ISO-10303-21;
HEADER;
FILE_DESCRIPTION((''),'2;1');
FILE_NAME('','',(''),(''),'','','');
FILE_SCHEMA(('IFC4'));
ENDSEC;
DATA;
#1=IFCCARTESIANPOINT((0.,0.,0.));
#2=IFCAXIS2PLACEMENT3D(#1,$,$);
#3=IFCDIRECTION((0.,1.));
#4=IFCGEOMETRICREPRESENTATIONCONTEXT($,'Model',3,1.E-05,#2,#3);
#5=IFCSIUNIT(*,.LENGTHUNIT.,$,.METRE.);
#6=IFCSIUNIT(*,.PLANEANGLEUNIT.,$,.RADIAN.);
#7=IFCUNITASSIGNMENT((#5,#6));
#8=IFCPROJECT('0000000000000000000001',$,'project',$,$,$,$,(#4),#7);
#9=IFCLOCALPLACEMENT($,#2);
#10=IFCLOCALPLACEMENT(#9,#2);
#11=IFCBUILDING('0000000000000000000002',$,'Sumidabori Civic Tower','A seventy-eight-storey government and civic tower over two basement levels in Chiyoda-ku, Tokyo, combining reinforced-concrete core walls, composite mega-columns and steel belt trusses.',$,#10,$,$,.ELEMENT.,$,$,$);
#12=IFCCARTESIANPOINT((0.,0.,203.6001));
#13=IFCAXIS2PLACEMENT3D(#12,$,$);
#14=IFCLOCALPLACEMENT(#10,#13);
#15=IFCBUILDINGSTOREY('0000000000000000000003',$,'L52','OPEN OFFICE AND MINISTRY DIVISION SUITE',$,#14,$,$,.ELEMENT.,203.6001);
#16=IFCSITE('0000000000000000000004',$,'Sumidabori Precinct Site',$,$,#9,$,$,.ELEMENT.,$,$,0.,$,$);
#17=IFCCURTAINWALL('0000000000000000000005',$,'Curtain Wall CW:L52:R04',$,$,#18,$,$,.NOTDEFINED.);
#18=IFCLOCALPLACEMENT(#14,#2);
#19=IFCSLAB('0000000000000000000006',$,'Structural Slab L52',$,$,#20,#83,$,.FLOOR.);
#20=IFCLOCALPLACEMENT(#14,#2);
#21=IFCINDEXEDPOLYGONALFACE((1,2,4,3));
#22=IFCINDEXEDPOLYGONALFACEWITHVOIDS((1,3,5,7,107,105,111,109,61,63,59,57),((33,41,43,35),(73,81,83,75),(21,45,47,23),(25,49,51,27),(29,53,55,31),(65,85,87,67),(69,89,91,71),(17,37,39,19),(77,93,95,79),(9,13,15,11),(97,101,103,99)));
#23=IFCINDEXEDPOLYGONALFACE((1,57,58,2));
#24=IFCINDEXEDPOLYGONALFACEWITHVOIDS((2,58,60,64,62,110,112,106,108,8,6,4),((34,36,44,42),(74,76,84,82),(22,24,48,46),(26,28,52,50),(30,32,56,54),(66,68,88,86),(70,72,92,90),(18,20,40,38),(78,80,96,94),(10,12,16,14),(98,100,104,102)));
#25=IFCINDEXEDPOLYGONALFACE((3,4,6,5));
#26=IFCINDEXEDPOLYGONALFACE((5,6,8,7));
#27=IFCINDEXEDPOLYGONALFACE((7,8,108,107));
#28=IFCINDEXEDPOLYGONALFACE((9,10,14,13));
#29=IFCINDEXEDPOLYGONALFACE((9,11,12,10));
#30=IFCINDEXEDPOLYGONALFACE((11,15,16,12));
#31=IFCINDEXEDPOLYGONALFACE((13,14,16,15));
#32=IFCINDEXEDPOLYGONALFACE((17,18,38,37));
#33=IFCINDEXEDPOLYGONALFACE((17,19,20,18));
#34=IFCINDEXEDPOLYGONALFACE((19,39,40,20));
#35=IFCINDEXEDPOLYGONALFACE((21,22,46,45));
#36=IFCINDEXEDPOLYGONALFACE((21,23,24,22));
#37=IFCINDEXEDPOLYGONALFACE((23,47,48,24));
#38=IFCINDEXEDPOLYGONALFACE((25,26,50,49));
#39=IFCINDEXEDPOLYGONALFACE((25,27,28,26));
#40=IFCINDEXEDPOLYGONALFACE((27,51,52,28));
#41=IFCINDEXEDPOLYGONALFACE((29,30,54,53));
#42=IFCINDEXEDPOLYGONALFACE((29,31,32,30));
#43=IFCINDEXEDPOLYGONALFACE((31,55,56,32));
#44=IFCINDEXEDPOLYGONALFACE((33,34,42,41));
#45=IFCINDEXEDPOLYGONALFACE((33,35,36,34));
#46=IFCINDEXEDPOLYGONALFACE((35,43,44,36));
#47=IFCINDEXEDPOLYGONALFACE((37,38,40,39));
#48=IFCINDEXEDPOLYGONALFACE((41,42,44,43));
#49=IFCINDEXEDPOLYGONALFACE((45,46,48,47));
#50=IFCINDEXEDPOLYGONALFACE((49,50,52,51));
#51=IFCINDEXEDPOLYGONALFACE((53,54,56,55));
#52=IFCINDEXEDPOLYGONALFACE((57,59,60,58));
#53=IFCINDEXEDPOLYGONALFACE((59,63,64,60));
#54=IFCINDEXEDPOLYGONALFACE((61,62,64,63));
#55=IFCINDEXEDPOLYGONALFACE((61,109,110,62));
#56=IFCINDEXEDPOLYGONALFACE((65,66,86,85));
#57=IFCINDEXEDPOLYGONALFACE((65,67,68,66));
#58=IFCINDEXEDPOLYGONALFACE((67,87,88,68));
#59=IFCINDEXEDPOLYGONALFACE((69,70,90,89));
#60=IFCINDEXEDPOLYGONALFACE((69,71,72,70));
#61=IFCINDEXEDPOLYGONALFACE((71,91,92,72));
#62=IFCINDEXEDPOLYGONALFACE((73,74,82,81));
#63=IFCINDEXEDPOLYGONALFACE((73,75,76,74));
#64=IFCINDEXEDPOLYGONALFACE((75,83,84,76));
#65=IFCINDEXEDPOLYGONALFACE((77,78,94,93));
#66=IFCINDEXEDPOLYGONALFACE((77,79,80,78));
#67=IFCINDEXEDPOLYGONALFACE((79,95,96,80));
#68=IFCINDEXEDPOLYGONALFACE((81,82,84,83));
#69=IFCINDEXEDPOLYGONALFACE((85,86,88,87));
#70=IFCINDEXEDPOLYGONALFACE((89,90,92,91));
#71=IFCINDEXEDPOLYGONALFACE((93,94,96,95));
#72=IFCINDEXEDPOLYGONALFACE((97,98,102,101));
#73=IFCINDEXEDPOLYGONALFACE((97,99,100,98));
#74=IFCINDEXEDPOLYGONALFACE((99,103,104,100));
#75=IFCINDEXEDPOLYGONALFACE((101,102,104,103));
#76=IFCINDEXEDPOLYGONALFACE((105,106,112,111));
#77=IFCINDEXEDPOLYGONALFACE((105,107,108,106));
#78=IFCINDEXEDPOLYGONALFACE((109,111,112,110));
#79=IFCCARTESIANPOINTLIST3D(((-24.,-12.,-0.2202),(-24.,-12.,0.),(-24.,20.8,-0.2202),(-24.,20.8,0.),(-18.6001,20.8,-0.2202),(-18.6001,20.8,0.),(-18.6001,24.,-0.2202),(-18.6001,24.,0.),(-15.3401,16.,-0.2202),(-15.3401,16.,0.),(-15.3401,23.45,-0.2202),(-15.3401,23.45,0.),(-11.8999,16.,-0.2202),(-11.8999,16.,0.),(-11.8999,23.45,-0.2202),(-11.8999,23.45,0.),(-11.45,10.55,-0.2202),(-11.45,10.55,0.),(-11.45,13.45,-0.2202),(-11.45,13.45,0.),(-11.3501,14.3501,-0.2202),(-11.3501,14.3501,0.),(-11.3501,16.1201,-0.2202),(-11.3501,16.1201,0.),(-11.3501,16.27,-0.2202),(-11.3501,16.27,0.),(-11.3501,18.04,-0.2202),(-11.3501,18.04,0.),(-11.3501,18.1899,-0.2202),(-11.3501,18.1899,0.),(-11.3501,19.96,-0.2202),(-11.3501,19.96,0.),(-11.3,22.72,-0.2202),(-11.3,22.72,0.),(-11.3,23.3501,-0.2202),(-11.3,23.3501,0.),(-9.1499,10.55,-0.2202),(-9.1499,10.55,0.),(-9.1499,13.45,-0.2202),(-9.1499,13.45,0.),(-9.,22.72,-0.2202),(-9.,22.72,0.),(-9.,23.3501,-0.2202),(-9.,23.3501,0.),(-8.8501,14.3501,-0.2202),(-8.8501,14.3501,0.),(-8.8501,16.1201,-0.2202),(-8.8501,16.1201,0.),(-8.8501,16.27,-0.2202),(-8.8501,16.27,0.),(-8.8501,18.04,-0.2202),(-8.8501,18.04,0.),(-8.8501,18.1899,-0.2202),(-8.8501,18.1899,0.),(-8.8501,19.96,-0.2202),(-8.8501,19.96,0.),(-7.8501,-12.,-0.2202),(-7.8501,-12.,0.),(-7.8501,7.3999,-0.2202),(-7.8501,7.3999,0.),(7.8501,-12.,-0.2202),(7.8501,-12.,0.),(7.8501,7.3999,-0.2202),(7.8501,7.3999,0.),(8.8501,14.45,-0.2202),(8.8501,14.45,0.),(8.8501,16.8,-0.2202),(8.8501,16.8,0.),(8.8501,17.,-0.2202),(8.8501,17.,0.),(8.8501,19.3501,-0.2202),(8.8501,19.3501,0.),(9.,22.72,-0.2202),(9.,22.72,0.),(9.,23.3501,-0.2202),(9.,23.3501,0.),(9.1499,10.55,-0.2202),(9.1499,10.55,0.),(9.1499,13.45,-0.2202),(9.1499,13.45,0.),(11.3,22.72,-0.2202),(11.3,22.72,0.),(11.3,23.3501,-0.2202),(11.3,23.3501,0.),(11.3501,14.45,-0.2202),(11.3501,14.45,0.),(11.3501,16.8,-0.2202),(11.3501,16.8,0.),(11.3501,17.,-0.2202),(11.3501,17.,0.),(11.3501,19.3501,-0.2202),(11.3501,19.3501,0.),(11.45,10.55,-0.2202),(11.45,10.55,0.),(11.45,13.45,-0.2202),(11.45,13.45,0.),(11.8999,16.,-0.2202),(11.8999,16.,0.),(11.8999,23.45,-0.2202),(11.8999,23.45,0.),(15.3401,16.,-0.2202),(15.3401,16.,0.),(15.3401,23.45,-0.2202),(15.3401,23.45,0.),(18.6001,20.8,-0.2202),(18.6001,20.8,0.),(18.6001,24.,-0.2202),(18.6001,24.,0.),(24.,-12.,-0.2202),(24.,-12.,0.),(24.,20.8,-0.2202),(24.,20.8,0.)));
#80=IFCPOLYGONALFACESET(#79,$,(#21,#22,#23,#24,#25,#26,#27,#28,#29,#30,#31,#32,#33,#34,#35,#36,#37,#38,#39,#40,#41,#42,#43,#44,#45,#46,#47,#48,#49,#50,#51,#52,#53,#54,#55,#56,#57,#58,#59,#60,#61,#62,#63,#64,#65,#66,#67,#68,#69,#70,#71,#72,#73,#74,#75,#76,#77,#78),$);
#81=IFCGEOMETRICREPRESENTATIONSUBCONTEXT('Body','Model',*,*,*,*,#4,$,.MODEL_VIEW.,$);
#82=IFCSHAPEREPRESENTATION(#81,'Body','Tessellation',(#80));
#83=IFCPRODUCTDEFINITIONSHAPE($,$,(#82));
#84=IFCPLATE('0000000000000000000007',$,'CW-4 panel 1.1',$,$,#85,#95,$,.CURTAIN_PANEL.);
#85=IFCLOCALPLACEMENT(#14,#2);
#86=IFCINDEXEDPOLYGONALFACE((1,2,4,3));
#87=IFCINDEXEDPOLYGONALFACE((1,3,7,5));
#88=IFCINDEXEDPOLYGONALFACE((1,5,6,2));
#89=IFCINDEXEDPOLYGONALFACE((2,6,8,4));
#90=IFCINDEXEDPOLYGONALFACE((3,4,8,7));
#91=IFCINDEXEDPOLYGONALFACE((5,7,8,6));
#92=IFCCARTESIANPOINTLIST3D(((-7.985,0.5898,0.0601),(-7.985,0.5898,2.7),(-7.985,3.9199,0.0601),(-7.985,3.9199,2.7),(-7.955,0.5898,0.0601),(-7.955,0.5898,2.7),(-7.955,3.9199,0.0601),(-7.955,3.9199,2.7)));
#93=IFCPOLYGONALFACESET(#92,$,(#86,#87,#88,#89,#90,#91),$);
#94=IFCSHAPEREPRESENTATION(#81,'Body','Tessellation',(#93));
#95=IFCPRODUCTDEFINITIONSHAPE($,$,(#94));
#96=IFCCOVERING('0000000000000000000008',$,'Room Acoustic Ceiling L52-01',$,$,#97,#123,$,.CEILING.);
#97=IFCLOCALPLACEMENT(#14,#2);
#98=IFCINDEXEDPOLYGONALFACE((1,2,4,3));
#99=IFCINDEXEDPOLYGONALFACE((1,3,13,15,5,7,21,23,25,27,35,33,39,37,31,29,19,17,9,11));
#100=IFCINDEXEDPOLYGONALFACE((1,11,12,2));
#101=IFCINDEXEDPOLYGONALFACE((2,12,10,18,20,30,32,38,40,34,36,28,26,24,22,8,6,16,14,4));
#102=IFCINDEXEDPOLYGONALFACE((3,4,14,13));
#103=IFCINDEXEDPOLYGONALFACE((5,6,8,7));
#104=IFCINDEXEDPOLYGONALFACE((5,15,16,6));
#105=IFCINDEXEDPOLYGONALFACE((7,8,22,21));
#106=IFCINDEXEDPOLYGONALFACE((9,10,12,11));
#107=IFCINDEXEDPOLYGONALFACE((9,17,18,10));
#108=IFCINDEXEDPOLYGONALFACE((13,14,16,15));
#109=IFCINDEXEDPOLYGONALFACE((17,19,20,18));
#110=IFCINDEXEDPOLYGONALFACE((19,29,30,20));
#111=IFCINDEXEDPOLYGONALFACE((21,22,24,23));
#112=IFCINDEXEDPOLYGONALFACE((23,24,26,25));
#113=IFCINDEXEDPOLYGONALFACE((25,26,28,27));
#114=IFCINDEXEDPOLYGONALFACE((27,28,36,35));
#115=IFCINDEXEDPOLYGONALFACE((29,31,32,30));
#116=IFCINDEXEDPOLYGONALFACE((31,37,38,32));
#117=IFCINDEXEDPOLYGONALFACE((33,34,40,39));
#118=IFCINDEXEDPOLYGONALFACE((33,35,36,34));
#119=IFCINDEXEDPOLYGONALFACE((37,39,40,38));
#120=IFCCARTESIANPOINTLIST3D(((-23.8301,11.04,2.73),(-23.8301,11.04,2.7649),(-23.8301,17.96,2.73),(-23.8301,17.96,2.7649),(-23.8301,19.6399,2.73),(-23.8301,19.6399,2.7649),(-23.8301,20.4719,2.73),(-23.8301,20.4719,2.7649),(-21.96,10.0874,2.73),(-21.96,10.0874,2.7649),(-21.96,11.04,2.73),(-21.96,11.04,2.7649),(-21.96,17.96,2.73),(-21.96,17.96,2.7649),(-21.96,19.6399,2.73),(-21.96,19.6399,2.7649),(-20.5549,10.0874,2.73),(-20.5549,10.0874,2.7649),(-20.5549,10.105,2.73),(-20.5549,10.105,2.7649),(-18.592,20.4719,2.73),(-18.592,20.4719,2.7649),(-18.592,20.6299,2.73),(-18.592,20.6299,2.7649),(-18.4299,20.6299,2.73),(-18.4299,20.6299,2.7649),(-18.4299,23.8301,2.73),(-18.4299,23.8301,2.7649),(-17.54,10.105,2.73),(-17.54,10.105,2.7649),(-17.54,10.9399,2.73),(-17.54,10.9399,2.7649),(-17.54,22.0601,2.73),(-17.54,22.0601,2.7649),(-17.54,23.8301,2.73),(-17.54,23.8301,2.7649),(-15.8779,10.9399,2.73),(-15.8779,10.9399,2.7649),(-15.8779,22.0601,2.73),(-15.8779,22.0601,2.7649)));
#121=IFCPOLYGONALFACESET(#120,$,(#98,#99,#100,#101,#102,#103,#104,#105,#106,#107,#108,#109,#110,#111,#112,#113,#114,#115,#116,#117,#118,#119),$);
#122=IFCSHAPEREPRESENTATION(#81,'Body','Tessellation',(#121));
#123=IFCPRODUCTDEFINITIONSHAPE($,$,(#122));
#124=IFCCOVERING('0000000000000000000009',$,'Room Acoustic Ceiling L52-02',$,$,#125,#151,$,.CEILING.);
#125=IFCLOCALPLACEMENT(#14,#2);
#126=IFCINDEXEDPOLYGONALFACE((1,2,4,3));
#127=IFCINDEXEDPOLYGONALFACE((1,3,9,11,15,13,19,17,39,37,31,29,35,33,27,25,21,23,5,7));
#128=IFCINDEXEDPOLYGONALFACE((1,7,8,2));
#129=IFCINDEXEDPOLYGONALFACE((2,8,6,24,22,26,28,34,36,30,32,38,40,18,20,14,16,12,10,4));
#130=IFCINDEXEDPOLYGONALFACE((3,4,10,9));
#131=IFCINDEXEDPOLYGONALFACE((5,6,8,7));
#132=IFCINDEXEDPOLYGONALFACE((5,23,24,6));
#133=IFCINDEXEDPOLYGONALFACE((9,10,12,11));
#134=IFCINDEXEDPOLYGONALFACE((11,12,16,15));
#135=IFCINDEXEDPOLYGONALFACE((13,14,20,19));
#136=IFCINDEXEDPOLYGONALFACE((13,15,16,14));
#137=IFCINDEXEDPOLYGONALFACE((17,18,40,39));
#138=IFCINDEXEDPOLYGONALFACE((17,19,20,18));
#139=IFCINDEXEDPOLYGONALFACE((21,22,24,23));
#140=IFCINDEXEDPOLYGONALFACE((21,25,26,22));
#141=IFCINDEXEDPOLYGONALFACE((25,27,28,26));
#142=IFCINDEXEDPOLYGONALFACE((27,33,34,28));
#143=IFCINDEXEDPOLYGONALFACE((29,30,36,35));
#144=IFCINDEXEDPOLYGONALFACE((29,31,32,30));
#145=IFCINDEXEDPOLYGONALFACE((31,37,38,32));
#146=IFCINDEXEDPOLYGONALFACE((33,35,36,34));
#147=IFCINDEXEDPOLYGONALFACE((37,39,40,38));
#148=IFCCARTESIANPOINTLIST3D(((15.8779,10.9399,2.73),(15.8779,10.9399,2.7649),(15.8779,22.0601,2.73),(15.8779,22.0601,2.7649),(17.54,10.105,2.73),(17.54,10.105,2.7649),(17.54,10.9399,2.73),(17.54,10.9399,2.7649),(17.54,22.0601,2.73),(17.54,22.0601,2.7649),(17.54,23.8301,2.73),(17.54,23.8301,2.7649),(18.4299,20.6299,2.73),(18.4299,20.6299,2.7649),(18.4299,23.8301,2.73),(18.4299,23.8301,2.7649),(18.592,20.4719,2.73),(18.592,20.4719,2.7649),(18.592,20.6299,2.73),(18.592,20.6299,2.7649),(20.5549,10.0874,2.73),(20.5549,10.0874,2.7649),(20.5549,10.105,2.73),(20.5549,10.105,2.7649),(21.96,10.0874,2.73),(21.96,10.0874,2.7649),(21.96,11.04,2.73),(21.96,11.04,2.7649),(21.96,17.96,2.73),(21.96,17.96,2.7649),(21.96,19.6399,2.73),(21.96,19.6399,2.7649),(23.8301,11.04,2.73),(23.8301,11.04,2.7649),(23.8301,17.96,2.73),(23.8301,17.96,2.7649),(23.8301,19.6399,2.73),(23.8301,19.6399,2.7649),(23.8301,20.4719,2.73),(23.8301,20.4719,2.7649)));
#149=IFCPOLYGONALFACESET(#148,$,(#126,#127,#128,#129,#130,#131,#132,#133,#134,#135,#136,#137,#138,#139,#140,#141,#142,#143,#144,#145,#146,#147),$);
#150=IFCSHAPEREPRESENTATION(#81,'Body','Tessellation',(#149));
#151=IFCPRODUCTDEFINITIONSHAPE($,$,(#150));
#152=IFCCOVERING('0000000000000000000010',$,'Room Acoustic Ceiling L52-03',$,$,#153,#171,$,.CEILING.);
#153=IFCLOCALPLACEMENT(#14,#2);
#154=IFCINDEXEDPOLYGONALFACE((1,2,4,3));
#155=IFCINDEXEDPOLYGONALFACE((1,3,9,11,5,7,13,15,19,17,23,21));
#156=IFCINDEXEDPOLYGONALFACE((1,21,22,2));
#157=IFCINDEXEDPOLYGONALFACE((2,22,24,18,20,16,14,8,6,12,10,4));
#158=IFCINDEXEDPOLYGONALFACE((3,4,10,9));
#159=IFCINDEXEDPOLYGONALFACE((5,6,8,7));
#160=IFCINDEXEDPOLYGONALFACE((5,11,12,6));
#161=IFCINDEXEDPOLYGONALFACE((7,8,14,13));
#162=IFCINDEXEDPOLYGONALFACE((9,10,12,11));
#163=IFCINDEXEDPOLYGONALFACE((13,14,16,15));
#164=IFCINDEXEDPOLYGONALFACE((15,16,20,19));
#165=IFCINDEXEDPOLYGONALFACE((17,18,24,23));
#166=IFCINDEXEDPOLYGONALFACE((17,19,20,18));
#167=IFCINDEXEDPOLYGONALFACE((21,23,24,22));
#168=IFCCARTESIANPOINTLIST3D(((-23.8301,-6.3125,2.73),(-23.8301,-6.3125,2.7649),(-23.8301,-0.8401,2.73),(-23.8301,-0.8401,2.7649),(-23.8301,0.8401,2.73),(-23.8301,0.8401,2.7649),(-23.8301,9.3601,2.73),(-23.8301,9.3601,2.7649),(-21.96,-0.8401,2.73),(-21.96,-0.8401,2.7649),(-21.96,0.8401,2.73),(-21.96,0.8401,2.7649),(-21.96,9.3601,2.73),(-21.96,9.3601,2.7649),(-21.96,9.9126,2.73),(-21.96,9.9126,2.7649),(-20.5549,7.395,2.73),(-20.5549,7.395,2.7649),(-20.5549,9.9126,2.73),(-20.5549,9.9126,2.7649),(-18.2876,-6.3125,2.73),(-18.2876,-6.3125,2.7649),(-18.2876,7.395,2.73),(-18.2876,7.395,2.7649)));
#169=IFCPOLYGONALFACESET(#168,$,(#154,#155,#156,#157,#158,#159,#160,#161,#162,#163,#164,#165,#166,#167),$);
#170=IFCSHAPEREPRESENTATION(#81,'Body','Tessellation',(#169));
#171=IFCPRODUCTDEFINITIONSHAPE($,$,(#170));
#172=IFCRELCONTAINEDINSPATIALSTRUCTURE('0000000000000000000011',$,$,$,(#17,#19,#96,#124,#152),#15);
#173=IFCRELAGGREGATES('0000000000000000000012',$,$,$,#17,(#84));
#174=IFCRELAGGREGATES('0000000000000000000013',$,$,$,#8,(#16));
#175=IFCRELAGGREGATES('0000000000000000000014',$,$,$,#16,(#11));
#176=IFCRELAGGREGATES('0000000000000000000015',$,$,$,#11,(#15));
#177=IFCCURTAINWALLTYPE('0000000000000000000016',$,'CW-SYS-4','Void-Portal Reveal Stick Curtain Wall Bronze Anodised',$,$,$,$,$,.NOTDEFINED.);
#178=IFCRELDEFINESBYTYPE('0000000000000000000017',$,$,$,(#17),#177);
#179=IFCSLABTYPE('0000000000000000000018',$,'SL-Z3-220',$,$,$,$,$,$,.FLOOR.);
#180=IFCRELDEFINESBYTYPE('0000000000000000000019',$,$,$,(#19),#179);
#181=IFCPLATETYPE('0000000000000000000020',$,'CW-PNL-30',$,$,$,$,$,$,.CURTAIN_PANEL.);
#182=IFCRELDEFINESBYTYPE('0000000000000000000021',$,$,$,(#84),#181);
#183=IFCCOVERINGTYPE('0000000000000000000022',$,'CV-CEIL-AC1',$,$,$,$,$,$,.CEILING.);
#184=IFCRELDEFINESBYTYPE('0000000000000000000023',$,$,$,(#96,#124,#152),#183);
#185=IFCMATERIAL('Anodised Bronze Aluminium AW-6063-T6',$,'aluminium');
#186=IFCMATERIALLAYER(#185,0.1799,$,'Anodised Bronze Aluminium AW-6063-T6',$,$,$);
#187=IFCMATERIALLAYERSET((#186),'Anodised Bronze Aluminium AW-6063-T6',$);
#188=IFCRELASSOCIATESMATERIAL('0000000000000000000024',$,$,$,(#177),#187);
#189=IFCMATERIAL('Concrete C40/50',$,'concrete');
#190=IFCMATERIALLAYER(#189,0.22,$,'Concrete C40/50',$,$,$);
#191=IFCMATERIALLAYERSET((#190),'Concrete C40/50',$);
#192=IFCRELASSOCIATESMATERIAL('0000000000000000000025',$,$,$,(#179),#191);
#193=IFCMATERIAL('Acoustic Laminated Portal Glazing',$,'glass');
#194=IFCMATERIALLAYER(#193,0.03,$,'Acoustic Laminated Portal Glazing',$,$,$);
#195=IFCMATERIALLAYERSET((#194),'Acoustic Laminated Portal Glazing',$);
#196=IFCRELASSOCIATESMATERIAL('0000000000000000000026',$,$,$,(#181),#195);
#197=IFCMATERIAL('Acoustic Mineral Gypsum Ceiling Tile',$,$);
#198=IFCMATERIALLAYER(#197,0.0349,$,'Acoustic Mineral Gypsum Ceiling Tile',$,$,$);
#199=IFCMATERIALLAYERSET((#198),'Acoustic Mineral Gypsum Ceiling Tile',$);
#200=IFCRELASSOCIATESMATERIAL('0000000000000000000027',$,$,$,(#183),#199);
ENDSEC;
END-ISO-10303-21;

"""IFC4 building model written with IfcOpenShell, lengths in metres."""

from ifc_helpers import new_model, si_unit, direction, frame, origin, origin_2d, place, context, subcontext, project, spatial, polyline, rectangle, outline, extrude, source, transform, mapped, material, layer, layer_set, type_object, element, aggregate, save


model = new_model("IFC4")

# Units and contexts
model_context = context("Model", 3, precision=1e-05, world=origin(), true_north=direction((0.0, 1.0)))
body_context = subcontext(model_context, "Body", "Model", "MODEL_VIEW")
ifc_project = project(units=[si_unit("LENGTHUNIT", "METRE"), si_unit("PLANEANGLEUNIT", "RADIAN")], contexts=[model_context])

# Site, building, storey
site_placement = place(None, origin())
site = spatial("IfcSite", under=ifc_project, at=site_placement, Name="Sumidabori Precinct Site", CompositionType="ELEMENT", RefElevation=0.0)
building_placement = place(site_placement, origin())
building = spatial("IfcBuilding", under=site, at=building_placement, Name="Sumidabori Civic Tower", Description="A seventy-eight-storey government and civic tower over two basement levels in Chiyoda-ku, Tokyo, combining reinforced-concrete core walls, composite mega-columns and steel belt trusses.", CompositionType="ELEMENT")
storey_placement = place(building_placement, frame((0.0, 0.0, 203.6001)))
storey = spatial("IfcBuildingStorey", under=building, at=storey_placement, Name="L52", Description="OPEN OFFICE AND MINISTRY DIVISION SUITE", CompositionType="ELEMENT", Elevation=203.6001)

# Shared definitions
ifc_material_1 = material(Name="Anodised Bronze Aluminium AW-6063-T6", Category="aluminium")
ifc_layer_1 = layer(ifc_material_1, 0.1799, Name="Anodised Bronze Aluminium AW-6063-T6")
ifc_layer_set_1 = layer_set([ifc_layer_1], Name="Anodised Bronze Aluminium AW-6063-T6")
curtain_wall_type = type_object("IfcCurtainWallType", Name="CW-SYS-4", Description="Void-Portal Reveal Stick Curtain Wall Bronze Anodised", PredefinedType="NOTDEFINED", material=ifc_layer_set_1)

# Curtain wall
curtain_wall_1_placement = place(storey_placement, origin())
curtain_wall_1 = element("IfcCurtainWall", 1, at=curtain_wall_1_placement, inside=storey, type_object=curtain_wall_type, Name="Curtain Wall CW:L52:R04", PredefinedType="NOTDEFINED")

# Shared definitions
ifc_material_2 = material(Name="Concrete C40/50", Category="concrete")

# Slab
ifc_layer_2 = layer(ifc_material_2, 0.22, Name="Concrete C40/50")
ifc_layer_set_2 = layer_set([ifc_layer_2], Name="Concrete C40/50")
slab_type_1 = type_object("IfcSlabType", Name="SL-Z3-220", PredefinedType="FLOOR", material=ifc_layer_set_2)
slab_1_placement = place(storey_placement, frame((0.0, 0.0, -0.2202)))
element("IfcSlab", 2, at=slab_1_placement, inside=storey, type_object=slab_type_1, Name="Structural Slab L52", PredefinedType="FLOOR", context=body_context, shape_type="SweptSolid", body=[
    extrude(outline(polyline([(-24.0, -12.0), (-7.8501, -12.0), (-7.8501, 7.3999), (7.8501, 7.3999), (7.8501, -12.0), (24.0, -12.0), (24.0, 20.8), (18.6001, 20.8), (18.6001, 24.0), (-18.6001, 24.0), (-18.6001, 20.8), (-24.0, 20.8), (-24.0, -12.0)]), holes=[polyline([(-11.8999, 16.0), (-11.8999, 23.45), (-15.3401, 23.45), (-15.3401, 16.0), (-11.8999, 16.0)]), polyline([(15.3401, 16.0), (15.3401, 23.45), (11.8999, 23.45), (11.8999, 16.0), (15.3401, 16.0)]), polyline([(-11.45, 10.55), (-9.1499, 10.55), (-9.1499, 13.45), (-11.45, 13.45), (-11.45, 10.55)]), polyline([(9.1499, 10.55), (11.45, 10.55), (11.45, 13.45), (9.1499, 13.45), (9.1499, 10.55)]), polyline([(-11.3501, 14.3501), (-8.8501, 14.3501), (-8.8501, 16.1201), (-11.3501, 16.1201), (-11.3501, 14.3501)]), polyline([(-11.3501, 16.27), (-8.8501, 16.27), (-8.8501, 18.04), (-11.3501, 18.04), (-11.3501, 16.27)]), polyline([(-11.3501, 18.1899), (-8.8501, 18.1899), (-8.8501, 19.96), (-11.3501, 19.96), (-11.3501, 18.1899)]), polyline([(8.8501, 14.45), (11.3501, 14.45), (11.3501, 16.8), (8.8501, 16.8), (8.8501, 14.45)]), polyline([(8.8501, 17.0), (11.3501, 17.0), (11.3501, 19.3501), (8.8501, 19.3501), (8.8501, 17.0)]), polyline([(-11.3, 22.72), (-9.0, 22.72), (-9.0, 23.3501), (-11.3, 23.3501), (-11.3, 22.72)]), polyline([(9.0, 22.72), (11.3, 22.72), (11.3, 23.3501), (9.0, 23.3501), (9.0, 22.72)])]), origin(), (0.0, 0.0, 1.0), 0.2202),
])

# Plate
ifc_material_3 = material(Name="Acoustic Laminated Portal Glazing", Category="glass")
ifc_layer_3 = layer(ifc_material_3, 0.03, Name="Acoustic Laminated Portal Glazing")
ifc_layer_set_3 = layer_set([ifc_layer_3], Name="Acoustic Laminated Portal Glazing")
plate_type = type_object("IfcPlateType", Name="CW-PNL-30", PredefinedType="CURTAIN_PANEL", material=ifc_layer_set_3)
shared_shape_1 = source(origin(), body_context, "Body", "SweptSolid", [
    extrude(rectangle(XDim=3.3301, YDim=0.03, at=origin_2d()), origin(), (0.0, 0.0, 1.0), 2.6399),
])
plate_placement = place(storey_placement, frame((-7.97, 2.2549, 0.0601), z_axis=(0.0, 0.0, 1.0), x_axis=(0.0, 1.0, 0.0)))
plate = element("IfcPlate", 3, at=plate_placement, type_object=plate_type, Name="CW-4 panel 1.1", PredefinedType="CURTAIN_PANEL", context=body_context, shape_type="MappedRepresentation", body=[
    mapped(shared_shape_1, transform((0.0, 0.0, 0.0), x_axis=(1.0, 0.0, 0.0), y_axis=(0.0, 1.0, 0.0), z_axis=(0.0, 0.0, 1.0), scale=1.0)),
])
aggregate(curtain_wall_1, [plate])

# Coverings
ifc_material_4 = material(Name="Acoustic Mineral Gypsum Ceiling Tile")
ifc_layer_4 = layer(ifc_material_4, 0.0349, Name="Acoustic Mineral Gypsum Ceiling Tile")
ifc_layer_set_4 = layer_set([ifc_layer_4], Name="Acoustic Mineral Gypsum Ceiling Tile")
covering_type_1 = type_object("IfcCoveringType", Name="CV-CEIL-AC1", PredefinedType="CEILING", material=ifc_layer_set_4)
covering_1_placement = place(storey_placement, frame((0.0, 0.0, 2.73)))
element("IfcCovering", 4, at=covering_1_placement, inside=storey, type_object=covering_type_1, Name="Room Acoustic Ceiling L52-01", PredefinedType="CEILING", context=body_context, shape_type="SweptSolid", body=[
    extrude(outline(polyline([(-23.8301, 17.96), (-21.96, 17.96), (-21.96, 19.6399), (-23.8301, 19.6399), (-23.8301, 20.4719), (-18.592, 20.4719), (-18.592, 20.6299), (-18.4299, 20.6299), (-18.4299, 23.8301), (-17.54, 23.8301), (-17.54, 22.0601), (-15.8779, 22.0601), (-15.8779, 10.9399), (-17.54, 10.9399), (-17.54, 10.105), (-20.5549, 10.105), (-20.5549, 10.0874), (-21.96, 10.0874), (-21.96, 11.04), (-23.8301, 11.04), (-23.8301, 17.96)])), origin(), (0.0, 0.0, 1.0), 0.0349),
])
covering_2_placement = place(storey_placement, frame((0.0, 0.0, 2.73)))
element("IfcCovering", 5, at=covering_2_placement, inside=storey, type_object=covering_type_1, Name="Room Acoustic Ceiling L52-02", PredefinedType="CEILING", context=body_context, shape_type="SweptSolid", body=[
    extrude(outline(polyline([(20.5549, 10.105), (17.54, 10.105), (17.54, 10.9399), (15.8779, 10.9399), (15.8779, 22.0601), (17.54, 22.0601), (17.54, 23.8301), (18.4299, 23.8301), (18.4299, 20.6299), (18.592, 20.6299), (18.592, 20.4719), (23.8301, 20.4719), (23.8301, 19.6399), (21.96, 19.6399), (21.96, 17.96), (23.8301, 17.96), (23.8301, 11.04), (21.96, 11.04), (21.96, 10.0874), (20.5549, 10.0874), (20.5549, 10.105)])), origin(), (0.0, 0.0, 1.0), 0.0349),
])
covering_3_placement = place(storey_placement, frame((0.0, 0.0, 2.73)))
element("IfcCovering", 6, at=covering_3_placement, inside=storey, type_object=covering_type_1, Name="Room Acoustic Ceiling L52-03", PredefinedType="CEILING", context=body_context, shape_type="SweptSolid", body=[
    extrude(outline(polyline([(-23.8301, -6.3125), (-23.8301, -0.8401), (-21.96, -0.8401), (-21.96, 0.8401), (-23.8301, 0.8401), (-23.8301, 9.3601), (-21.96, 9.3601), (-21.96, 9.9126), (-20.5549, 9.9126), (-20.5549, 7.395), (-18.2876, 7.395), (-18.2876, -6.3125), (-23.8301, -6.3125)])), origin(), (0.0, 0.0, 1.0), 0.0349),
])

save(model, "model.ifc")
